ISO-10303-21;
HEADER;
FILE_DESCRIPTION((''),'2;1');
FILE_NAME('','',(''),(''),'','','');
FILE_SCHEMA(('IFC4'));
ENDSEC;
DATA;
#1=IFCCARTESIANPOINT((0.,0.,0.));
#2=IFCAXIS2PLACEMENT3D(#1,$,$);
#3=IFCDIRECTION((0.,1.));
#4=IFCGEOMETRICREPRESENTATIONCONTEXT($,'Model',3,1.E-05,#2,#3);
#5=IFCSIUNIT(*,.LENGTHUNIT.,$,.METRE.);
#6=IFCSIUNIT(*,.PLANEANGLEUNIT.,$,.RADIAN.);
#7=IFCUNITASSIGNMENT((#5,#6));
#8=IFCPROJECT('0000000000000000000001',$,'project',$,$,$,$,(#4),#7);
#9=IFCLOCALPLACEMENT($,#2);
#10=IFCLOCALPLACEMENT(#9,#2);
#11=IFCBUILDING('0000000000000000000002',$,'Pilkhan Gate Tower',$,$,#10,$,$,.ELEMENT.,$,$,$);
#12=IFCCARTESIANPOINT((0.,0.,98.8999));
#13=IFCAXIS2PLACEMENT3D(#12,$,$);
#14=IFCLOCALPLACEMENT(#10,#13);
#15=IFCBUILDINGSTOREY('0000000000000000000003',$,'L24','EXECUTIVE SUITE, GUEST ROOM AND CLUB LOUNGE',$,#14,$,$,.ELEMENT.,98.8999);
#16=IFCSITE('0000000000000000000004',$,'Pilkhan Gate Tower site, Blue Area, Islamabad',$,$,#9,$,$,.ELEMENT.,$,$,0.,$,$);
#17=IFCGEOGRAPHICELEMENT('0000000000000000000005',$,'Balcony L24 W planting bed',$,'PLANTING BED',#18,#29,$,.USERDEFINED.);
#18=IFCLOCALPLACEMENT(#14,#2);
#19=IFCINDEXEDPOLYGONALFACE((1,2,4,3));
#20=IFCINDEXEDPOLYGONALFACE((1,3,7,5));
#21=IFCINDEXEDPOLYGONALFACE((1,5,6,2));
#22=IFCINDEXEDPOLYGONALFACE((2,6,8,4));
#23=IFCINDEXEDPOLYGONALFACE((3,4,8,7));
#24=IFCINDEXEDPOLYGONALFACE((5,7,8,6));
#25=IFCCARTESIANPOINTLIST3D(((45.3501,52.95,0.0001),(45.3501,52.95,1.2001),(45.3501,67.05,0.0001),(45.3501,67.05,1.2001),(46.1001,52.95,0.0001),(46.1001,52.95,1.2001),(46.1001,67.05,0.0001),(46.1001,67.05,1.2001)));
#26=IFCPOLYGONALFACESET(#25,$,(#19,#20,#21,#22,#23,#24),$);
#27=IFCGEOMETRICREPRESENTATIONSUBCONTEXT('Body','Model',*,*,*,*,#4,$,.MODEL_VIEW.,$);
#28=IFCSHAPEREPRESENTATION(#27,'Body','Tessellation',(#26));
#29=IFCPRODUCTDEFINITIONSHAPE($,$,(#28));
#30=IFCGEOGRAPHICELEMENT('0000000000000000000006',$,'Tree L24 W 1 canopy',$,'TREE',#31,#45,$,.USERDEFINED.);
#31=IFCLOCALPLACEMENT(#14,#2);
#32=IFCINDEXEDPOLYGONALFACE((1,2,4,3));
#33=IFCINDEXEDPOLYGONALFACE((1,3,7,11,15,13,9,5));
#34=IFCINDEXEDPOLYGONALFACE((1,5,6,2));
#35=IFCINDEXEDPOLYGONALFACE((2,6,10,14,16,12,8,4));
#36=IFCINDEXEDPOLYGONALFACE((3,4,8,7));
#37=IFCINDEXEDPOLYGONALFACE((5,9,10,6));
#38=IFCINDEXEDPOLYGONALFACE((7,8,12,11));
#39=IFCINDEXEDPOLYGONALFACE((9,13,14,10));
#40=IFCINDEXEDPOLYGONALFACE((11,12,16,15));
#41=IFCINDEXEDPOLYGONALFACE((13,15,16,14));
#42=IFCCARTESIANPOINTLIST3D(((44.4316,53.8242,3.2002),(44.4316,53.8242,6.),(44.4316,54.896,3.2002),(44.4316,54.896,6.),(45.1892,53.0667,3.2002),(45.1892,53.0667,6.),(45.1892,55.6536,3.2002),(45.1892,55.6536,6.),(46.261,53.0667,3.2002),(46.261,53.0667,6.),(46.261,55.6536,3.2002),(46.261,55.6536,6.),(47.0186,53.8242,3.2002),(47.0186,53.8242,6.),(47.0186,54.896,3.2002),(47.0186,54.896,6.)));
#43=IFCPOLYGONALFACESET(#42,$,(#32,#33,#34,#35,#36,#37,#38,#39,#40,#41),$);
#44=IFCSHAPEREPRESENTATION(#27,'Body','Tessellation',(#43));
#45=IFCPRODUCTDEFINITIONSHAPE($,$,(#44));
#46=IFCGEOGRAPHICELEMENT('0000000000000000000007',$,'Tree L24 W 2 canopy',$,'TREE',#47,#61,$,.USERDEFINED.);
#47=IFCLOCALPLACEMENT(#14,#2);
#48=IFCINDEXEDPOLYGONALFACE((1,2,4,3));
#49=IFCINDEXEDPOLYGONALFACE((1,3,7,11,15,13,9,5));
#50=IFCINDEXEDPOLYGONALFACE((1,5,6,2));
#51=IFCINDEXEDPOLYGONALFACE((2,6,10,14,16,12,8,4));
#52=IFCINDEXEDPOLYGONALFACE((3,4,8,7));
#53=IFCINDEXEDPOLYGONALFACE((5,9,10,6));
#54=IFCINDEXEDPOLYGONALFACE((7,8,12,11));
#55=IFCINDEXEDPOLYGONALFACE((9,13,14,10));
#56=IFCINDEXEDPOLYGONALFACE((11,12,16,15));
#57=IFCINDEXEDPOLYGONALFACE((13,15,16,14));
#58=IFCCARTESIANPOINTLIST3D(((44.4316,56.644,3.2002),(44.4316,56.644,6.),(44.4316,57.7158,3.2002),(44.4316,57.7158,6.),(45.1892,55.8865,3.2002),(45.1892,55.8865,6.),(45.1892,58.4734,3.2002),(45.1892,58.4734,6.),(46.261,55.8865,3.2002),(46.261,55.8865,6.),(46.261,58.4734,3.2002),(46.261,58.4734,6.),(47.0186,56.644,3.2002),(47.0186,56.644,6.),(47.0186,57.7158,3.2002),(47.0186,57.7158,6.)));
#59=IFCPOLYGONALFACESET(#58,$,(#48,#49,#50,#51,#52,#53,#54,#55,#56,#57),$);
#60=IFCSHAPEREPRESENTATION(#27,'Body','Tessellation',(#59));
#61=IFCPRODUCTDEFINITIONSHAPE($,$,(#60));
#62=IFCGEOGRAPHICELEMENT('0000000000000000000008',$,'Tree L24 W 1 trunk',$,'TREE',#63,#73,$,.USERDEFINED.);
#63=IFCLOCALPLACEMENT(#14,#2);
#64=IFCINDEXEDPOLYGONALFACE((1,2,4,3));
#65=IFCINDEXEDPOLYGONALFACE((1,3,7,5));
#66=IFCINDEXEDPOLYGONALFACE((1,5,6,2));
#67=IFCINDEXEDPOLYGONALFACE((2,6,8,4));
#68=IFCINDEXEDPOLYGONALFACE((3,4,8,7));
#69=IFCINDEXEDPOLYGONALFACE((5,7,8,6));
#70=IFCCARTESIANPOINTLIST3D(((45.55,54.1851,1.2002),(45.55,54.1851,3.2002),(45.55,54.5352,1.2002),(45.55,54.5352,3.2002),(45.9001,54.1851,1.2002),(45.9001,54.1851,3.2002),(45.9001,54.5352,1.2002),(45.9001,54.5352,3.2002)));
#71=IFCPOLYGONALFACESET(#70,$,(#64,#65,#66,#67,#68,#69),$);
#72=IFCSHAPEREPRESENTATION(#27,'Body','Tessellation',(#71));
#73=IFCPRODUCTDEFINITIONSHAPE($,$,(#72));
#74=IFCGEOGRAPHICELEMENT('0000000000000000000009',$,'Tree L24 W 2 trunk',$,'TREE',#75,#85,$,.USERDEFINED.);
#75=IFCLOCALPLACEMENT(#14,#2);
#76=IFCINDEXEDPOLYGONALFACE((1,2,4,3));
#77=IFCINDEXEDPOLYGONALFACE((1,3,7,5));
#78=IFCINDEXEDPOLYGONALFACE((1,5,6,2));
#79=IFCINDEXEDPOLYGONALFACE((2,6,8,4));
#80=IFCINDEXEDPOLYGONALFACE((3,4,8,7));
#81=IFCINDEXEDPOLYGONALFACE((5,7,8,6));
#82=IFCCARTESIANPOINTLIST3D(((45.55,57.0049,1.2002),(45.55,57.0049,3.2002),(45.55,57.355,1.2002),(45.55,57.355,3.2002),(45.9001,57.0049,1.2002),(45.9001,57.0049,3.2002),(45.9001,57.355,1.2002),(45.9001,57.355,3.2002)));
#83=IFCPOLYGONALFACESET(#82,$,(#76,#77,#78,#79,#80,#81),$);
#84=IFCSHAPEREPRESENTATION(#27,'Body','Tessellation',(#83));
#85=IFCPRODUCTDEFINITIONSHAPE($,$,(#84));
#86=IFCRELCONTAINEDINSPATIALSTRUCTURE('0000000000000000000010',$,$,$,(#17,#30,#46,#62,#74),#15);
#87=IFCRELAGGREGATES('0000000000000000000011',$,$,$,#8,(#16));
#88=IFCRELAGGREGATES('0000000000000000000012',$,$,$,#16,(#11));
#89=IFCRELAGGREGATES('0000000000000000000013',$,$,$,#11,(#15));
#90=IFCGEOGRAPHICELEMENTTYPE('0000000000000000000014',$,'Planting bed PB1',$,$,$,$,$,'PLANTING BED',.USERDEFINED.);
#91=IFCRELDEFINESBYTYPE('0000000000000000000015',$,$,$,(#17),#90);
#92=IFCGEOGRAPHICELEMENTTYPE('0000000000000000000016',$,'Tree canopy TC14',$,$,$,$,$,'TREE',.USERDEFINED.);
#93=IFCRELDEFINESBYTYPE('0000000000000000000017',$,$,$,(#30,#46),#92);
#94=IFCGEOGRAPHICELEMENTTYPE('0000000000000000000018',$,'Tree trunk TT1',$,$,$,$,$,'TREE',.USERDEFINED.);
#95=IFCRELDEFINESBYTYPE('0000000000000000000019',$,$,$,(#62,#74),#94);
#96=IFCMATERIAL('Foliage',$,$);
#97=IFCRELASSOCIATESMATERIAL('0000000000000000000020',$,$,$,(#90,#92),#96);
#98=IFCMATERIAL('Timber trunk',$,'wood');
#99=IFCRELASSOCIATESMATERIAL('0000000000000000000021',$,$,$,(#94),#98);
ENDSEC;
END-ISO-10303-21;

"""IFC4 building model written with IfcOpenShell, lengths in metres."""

from ifc_helpers import new_model, si_unit, direction, frame, origin, origin_2d, place, context, subcontext, project, spatial, polyline, rectangle, outline, extrude, material, material_profile, profile_set, type_object, element, save


model = new_model("IFC4")

# Units and contexts
model_context = context("Model", 3, precision=1e-05, world=origin(), true_north=direction((0.0, 1.0)))
body_context = subcontext(model_context, "Body", "Model", "MODEL_VIEW")
ifc_project = project(units=[si_unit("LENGTHUNIT", "METRE"), si_unit("PLANEANGLEUNIT", "RADIAN")], contexts=[model_context])

# Site, building, storey
site_placement = place(None, origin())
site = spatial("IfcSite", under=ifc_project, at=site_placement, Name="Pilkhan Gate Tower site, Blue Area, Islamabad", CompositionType="ELEMENT", RefElevation=0.0)
building_placement = place(site_placement, origin())
building = spatial("IfcBuilding", under=site, at=building_placement, Name="Pilkhan Gate Tower", CompositionType="ELEMENT")
storey_placement = place(building_placement, frame((0.0, 0.0, 98.8999)))
storey = spatial("IfcBuildingStorey", under=building, at=storey_placement, Name="L24", Description="EXECUTIVE SUITE, GUEST ROOM AND CLUB LOUNGE", CompositionType="ELEMENT", Elevation=98.8999)

# Geographic elements
ifc_material_1 = material(Name="Foliage")
ifc_material_profile_1 = material_profile(ifc_material_1, rectangle(XDim=0.75, YDim=1.2, at=origin_2d()), Name="Bed 750x1200")
ifc_profile_set_1 = profile_set([ifc_material_profile_1], Name="Foliage")
geographic_element_type_1 = type_object("IfcGeographicElementType", Name="Planting bed PB1", ElementType="PLANTING BED", PredefinedType="USERDEFINED", material=ifc_profile_set_1)
geographic_element_placement = place(storey_placement, frame((45.7251, 52.95, 0.6001), z_axis=(0.0, 1.0, 0.0), x_axis=(-1.0, 0.0, 0.0)))
element("IfcGeographicElement", 1, at=geographic_element_placement, inside=storey, type_object=geographic_element_type_1, Name="Balcony L24 W planting bed", ObjectType="PLANTING BED", PredefinedType="USERDEFINED", context=body_context, shape_type="SweptSolid", body=[
    extrude(rectangle(XDim=0.75, YDim=1.2, at=origin_2d()), origin(), (0.0, 0.0, 1.0), 14.1001),
])
ifc_material_profile_2 = material_profile(ifc_material_1, outline(polyline([(1.2935, 0.5359), (0.5359, 1.2935), (-0.5359, 1.2935), (-1.2935, 0.5359), (-1.2935, -0.5359), (-0.5359, -1.2935), (0.5359, -1.2935), (1.2935, -0.5359), (1.2935, 0.5359)])), Name="Canopy D2.8")
ifc_profile_set_2 = profile_set([ifc_material_profile_2], Name="Foliage")
geographic_element_type_2 = type_object("IfcGeographicElementType", Name="Tree canopy TC14", ElementType="TREE", PredefinedType="USERDEFINED", material=ifc_profile_set_2)
for number, where, z_axis, x_axis, name in (
    (2, (45.7251, 54.3601, 3.2002), (0.0, 0.0, 1.0), (1.0, 0.0, 0.0), "Tree L24 W 1 canopy"),
    (3, (45.7251, 57.1799, 3.2002), (0.0, 0.0, 1.0), (1.0, 0.0, 0.0), "Tree L24 W 2 canopy"),
):
    element("IfcGeographicElement", number, at=place(storey_placement, frame(where, z_axis=z_axis, x_axis=x_axis)), inside=storey, type_object=geographic_element_type_2, Name=name, ObjectType="TREE", PredefinedType="USERDEFINED", context=body_context, shape_type="SweptSolid", body=[
        extrude(outline(polyline([(1.2935, 0.5359), (0.5359, 1.2935), (-0.5359, 1.2935), (-1.2935, 0.5359), (-1.2935, -0.5359), (-0.5359, -1.2935), (0.5359, -1.2935), (1.2935, -0.5359), (1.2935, 0.5359)])), origin(), (0.0, 0.0, 1.0), 2.7998),
    ])
ifc_material_2 = material(Name="Timber trunk", Category="wood")
geographic_element_type_3 = type_object("IfcGeographicElementType", Name="Tree trunk TT1", ElementType="TREE", PredefinedType="USERDEFINED", material=ifc_material_2)
for number, where, z_axis, x_axis, name in (
    (4, (45.7251, 54.3601, 1.2002), (0.0, 0.0, 1.0), (1.0, 0.0, 0.0), "Tree L24 W 1 trunk"),
    (5, (45.7251, 57.1799, 1.2002), (0.0, 0.0, 1.0), (1.0, 0.0, 0.0), "Tree L24 W 2 trunk"),
):
    element("IfcGeographicElement", number, at=place(storey_placement, frame(where, z_axis=z_axis, x_axis=x_axis)), inside=storey, type_object=geographic_element_type_3, Name=name, ObjectType="TREE", PredefinedType="USERDEFINED", context=body_context, shape_type="SweptSolid", body=[
        extrude(rectangle(XDim=0.3501, YDim=0.3501, at=origin_2d()), origin(), (0.0, 0.0, 1.0), 2.0),
    ])

save(model, "model.ifc")
